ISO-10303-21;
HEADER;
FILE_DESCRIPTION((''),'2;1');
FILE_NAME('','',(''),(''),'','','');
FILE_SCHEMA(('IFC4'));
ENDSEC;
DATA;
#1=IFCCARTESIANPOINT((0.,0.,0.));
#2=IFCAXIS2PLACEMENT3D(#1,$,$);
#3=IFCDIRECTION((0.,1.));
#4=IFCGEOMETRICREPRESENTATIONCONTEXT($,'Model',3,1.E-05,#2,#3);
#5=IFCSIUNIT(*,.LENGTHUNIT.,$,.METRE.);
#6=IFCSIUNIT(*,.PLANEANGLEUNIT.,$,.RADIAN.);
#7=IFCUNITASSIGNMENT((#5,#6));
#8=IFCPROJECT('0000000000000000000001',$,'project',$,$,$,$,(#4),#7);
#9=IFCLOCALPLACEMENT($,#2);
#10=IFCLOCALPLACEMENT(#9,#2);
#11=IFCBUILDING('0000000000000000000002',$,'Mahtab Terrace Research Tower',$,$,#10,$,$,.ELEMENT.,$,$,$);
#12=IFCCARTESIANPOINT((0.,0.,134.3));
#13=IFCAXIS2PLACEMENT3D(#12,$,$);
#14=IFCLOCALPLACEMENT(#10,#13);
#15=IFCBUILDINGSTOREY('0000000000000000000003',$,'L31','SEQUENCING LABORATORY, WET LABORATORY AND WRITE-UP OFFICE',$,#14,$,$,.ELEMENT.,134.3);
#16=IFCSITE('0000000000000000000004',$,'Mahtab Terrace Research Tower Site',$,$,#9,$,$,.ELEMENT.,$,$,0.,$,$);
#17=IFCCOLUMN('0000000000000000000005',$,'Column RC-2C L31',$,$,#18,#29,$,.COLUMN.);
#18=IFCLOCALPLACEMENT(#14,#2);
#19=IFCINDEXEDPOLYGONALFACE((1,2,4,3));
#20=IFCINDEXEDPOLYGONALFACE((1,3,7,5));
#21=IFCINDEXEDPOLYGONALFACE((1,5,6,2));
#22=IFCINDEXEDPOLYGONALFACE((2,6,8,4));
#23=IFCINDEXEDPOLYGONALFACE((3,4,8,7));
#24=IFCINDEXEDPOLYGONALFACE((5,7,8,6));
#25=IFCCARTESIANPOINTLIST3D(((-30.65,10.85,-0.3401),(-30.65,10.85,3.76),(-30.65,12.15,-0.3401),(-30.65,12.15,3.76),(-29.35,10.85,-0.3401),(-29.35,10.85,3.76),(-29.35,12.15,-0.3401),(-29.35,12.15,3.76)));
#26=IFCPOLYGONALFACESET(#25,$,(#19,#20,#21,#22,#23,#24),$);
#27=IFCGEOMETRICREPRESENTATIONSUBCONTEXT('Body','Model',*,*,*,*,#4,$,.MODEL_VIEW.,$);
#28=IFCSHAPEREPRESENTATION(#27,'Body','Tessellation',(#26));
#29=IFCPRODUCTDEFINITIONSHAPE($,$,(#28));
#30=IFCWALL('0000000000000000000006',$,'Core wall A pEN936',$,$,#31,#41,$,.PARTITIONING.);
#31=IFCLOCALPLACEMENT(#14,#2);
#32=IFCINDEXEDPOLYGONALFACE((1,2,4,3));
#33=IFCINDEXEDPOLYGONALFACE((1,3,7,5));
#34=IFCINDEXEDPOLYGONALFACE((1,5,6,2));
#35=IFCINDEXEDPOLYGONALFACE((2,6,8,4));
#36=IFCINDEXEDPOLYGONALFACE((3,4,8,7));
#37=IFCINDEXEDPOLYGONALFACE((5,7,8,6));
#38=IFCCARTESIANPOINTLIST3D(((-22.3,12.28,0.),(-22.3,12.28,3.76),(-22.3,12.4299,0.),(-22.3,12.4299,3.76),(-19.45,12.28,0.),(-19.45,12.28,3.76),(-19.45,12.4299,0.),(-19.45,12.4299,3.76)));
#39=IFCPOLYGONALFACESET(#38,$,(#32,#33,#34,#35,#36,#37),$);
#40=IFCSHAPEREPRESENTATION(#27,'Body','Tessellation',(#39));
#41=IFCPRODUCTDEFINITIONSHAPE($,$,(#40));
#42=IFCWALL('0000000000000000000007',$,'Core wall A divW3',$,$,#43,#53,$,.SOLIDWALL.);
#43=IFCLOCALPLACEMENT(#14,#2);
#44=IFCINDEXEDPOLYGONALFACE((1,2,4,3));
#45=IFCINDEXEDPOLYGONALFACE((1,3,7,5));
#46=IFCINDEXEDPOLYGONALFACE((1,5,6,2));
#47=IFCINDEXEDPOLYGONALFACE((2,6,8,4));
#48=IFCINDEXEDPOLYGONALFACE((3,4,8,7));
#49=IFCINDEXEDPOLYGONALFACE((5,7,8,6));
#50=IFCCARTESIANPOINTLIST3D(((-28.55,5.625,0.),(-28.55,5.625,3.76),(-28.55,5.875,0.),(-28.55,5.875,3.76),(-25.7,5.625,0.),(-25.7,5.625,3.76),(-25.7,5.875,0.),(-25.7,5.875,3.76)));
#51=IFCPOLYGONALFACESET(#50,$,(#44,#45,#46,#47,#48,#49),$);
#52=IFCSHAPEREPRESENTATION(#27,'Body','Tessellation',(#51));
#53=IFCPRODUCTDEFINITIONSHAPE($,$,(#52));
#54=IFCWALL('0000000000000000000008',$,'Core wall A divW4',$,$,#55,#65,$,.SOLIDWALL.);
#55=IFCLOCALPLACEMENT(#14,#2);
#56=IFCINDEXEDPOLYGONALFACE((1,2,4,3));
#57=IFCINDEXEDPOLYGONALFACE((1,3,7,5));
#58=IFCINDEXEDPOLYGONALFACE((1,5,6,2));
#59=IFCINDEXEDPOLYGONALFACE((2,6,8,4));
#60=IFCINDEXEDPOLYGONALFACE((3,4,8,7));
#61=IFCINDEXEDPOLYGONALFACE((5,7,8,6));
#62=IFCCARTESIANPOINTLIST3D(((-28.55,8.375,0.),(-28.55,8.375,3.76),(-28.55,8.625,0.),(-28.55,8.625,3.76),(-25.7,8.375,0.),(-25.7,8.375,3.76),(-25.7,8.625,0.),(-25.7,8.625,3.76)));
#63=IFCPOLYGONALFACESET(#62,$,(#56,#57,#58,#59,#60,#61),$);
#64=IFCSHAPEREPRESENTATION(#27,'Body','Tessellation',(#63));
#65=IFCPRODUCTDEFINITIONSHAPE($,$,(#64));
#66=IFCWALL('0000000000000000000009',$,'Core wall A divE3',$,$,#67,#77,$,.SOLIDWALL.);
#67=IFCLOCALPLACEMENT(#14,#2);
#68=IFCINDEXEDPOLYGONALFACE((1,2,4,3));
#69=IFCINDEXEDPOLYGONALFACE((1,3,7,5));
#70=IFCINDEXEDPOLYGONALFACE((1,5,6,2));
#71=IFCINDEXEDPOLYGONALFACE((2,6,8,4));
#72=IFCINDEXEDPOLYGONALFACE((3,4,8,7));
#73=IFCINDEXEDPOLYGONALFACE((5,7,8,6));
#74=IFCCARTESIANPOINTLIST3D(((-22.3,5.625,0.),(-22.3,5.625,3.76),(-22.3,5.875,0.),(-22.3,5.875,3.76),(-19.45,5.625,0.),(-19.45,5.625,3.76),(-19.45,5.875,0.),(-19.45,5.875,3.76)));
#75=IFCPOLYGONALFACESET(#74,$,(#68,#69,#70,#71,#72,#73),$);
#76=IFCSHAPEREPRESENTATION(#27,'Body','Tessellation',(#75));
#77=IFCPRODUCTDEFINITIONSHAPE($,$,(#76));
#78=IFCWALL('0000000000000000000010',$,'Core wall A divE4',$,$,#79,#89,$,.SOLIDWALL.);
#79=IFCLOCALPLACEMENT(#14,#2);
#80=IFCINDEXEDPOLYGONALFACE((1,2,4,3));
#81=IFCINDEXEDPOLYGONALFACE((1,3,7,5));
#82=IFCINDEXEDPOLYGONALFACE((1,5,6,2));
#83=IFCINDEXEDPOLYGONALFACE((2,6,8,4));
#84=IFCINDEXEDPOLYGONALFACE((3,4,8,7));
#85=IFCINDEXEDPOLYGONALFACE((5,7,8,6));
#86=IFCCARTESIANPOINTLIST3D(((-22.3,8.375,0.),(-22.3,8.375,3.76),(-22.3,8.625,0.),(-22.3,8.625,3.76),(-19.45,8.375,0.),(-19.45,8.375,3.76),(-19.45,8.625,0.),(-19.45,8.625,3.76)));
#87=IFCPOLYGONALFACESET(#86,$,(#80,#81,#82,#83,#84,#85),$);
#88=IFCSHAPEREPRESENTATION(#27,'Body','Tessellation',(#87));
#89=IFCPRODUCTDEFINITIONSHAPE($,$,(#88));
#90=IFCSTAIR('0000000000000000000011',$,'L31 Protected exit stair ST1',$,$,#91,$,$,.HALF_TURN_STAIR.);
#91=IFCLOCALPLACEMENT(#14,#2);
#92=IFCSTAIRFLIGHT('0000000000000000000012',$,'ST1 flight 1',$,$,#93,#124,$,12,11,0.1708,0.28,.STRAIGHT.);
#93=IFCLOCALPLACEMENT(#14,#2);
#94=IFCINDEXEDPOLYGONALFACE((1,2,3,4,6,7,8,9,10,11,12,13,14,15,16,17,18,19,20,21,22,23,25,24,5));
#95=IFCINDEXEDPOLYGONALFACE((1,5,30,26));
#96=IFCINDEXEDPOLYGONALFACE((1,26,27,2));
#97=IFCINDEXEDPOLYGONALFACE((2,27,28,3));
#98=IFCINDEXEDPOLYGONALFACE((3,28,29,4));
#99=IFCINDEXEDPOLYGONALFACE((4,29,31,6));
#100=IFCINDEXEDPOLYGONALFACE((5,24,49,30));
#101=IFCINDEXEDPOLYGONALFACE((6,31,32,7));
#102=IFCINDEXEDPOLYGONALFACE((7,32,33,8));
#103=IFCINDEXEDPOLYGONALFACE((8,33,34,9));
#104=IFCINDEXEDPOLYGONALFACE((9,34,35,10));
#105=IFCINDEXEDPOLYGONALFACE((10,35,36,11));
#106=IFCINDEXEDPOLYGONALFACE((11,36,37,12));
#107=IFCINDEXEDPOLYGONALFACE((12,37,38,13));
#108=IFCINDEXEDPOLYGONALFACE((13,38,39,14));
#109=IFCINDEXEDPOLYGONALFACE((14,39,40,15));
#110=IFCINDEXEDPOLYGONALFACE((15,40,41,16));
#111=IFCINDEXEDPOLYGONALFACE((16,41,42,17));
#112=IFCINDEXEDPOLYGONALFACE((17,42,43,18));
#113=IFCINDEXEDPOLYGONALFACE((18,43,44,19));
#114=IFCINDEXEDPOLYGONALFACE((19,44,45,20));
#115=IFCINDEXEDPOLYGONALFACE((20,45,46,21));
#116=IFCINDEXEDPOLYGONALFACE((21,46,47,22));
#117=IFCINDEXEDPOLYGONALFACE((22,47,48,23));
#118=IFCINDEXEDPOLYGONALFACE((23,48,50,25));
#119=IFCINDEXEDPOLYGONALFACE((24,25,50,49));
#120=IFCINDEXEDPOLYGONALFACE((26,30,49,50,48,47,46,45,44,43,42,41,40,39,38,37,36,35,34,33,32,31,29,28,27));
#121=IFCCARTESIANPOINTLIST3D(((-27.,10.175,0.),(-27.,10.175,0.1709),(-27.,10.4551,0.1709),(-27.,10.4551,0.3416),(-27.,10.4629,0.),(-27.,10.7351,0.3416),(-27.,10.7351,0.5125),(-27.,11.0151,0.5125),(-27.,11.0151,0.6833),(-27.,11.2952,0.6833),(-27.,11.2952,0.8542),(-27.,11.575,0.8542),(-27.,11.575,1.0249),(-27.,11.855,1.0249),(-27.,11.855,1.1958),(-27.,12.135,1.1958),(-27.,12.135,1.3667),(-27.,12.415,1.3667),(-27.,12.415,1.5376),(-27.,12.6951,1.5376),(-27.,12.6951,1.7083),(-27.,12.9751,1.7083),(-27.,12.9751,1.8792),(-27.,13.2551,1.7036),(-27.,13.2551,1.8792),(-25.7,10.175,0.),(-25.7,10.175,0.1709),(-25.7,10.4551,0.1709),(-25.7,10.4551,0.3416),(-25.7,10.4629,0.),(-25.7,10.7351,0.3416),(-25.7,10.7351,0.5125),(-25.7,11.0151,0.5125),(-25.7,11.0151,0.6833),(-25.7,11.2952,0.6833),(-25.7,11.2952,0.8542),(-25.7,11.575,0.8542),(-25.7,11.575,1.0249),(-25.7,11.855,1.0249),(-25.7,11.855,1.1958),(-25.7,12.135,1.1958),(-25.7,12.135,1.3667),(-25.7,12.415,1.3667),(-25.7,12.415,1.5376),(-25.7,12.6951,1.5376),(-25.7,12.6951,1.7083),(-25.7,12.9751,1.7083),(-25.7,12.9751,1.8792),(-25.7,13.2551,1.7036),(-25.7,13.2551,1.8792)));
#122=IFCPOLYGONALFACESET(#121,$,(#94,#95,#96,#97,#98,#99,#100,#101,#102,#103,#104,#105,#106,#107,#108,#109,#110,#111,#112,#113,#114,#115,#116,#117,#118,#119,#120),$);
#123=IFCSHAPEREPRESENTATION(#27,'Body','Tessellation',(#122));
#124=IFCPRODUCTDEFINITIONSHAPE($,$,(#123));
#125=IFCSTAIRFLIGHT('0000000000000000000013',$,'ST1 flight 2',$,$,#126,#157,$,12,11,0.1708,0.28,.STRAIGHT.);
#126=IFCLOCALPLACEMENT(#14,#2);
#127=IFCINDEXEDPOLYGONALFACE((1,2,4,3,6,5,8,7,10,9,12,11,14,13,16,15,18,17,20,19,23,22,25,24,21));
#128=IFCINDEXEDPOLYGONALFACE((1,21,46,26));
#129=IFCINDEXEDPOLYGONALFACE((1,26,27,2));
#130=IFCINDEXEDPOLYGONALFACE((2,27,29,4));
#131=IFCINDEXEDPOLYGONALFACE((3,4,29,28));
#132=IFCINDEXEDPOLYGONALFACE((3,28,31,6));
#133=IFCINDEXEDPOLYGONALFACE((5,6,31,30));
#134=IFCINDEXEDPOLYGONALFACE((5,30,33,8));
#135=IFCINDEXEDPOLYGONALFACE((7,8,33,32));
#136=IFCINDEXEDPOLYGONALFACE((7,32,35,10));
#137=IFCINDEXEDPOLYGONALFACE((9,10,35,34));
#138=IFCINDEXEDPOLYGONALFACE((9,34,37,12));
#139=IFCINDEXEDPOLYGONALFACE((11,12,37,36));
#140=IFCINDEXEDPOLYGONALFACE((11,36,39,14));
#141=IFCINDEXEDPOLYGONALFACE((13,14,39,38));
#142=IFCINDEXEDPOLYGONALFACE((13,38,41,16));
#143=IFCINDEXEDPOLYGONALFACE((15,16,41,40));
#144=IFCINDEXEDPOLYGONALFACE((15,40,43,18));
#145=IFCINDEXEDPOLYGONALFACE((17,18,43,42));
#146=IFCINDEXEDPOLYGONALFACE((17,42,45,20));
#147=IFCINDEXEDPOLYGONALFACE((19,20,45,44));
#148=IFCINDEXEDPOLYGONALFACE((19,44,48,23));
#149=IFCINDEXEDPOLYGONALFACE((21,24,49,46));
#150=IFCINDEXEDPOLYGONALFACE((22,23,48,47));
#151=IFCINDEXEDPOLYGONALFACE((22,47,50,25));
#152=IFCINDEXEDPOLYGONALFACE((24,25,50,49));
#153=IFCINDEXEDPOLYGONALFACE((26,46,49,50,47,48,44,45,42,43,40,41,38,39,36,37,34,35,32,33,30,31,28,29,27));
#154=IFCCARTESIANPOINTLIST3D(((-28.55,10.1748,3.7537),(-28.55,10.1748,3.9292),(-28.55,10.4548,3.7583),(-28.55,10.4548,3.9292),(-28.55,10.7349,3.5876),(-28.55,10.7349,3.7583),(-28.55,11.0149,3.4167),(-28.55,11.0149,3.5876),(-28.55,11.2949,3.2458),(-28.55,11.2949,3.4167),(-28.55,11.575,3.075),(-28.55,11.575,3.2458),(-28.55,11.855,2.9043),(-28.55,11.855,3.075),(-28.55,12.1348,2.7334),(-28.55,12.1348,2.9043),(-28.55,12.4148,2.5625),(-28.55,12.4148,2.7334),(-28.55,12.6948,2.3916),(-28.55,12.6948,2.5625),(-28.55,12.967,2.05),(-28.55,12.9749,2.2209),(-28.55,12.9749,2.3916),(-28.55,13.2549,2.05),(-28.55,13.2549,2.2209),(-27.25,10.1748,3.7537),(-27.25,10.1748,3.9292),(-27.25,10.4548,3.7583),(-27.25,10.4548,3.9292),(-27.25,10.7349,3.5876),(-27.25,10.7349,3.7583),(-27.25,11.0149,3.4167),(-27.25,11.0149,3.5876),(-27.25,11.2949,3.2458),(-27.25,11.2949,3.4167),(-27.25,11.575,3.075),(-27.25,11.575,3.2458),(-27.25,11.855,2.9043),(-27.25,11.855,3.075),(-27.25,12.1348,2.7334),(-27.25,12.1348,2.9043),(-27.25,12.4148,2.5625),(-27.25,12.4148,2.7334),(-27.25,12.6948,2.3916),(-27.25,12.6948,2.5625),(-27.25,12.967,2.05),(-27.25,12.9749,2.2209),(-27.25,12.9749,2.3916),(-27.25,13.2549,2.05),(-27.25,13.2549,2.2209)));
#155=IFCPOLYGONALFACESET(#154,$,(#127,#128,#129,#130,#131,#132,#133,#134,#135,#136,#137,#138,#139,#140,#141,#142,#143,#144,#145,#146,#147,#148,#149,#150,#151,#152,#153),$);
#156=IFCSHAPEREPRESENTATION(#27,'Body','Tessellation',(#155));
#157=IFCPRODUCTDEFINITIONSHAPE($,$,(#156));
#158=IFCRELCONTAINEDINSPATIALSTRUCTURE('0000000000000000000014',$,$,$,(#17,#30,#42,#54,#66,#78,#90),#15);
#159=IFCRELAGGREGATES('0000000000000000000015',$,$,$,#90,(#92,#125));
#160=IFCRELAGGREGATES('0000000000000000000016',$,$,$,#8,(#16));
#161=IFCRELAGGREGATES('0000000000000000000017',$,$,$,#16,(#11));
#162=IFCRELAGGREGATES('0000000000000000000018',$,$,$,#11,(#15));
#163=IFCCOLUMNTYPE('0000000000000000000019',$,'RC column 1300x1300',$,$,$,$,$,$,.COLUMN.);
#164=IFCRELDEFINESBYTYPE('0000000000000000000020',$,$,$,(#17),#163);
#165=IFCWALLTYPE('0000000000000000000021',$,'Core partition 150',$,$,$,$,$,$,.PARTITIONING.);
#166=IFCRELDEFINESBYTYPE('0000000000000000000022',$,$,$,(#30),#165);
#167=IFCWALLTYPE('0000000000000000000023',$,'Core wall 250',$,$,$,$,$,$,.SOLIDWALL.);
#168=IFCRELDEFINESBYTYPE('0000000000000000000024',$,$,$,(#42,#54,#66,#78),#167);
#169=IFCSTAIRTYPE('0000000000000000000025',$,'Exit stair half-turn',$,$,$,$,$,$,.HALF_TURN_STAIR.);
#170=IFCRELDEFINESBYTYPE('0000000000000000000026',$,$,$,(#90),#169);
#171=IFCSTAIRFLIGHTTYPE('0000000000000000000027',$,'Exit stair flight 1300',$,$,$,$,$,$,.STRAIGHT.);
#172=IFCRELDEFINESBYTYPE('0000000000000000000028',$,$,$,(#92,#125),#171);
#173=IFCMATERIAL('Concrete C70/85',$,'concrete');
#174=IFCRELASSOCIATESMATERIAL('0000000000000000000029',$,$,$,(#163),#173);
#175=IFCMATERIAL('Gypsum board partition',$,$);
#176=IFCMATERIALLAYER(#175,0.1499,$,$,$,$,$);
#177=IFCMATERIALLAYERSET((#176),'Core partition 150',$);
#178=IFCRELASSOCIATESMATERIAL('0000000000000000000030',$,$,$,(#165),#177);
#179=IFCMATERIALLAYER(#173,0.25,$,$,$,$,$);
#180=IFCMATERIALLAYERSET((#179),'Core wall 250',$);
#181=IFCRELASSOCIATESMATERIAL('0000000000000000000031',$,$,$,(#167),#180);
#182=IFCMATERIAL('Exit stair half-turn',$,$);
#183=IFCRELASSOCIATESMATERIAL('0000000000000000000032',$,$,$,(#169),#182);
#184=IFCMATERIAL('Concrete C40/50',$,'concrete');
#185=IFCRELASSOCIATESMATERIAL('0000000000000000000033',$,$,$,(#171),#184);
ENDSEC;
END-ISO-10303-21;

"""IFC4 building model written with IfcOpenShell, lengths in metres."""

from ifc_helpers import new_model, si_unit, direction, frame, frame_2d, origin, origin_2d, place, context, subcontext, project, spatial, polyline, rectangle, outline, extrude, material, layer, layer_set, material_profile, profile_set, type_object, element, aggregate, save


model = new_model("IFC4")

# Units and contexts
model_context = context("Model", 3, precision=1e-05, world=origin(), true_north=direction((0.0, 1.0)))
body_context = subcontext(model_context, "Body", "Model", "MODEL_VIEW")
ifc_project = project(units=[si_unit("LENGTHUNIT", "METRE"), si_unit("PLANEANGLEUNIT", "RADIAN")], contexts=[model_context])

# Site, building, storey
site_placement = place(None, origin())
site = spatial("IfcSite", under=ifc_project, at=site_placement, Name="Mahtab Terrace Research Tower Site", CompositionType="ELEMENT", RefElevation=0.0)
building_placement = place(site_placement, origin())
building = spatial("IfcBuilding", under=site, at=building_placement, Name="Mahtab Terrace Research Tower", CompositionType="ELEMENT")
storey_placement = place(building_placement, frame((0.0, 0.0, 134.3)))
storey = spatial("IfcBuildingStorey", under=building, at=storey_placement, Name="L31", Description="SEQUENCING LABORATORY, WET LABORATORY AND WRITE-UP OFFICE", CompositionType="ELEMENT", Elevation=134.3)

# Column
ifc_material_1 = material(Name="Concrete C70/85", Category="concrete")
ifc_material_profile = material_profile(ifc_material_1, rectangle(XDim=1.3, YDim=1.3, at=origin_2d()), Name="RC column 1300x1300")
ifc_profile_set = profile_set([ifc_material_profile], Name="Concrete C70/85")
column_type = type_object("IfcColumnType", Name="RC column 1300x1300", PredefinedType="COLUMN", material=ifc_profile_set)
column_placement = place(storey_placement, frame((-30.0, 11.5, -0.3401), z_axis=(0.0, 0.0, 1.0), x_axis=(1.0, 0.0, 0.0)))
element("IfcColumn", 1, at=column_placement, inside=storey, type_object=column_type, Name="Column RC-2C L31", PredefinedType="COLUMN", context=body_context, shape_type="SweptSolid", body=[
    extrude(rectangle(XDim=1.3, YDim=1.3, at=origin_2d()), origin(), (0.0, 0.0, 1.0), 4.1001),
])

# Walls
ifc_material_2 = material(Name="Gypsum board partition")
ifc_layer_1 = layer(ifc_material_2, 0.1499)
ifc_layer_set_1 = layer_set([ifc_layer_1], Name="Core partition 150")
wall_type_1 = type_object("IfcWallType", Name="Core partition 150", PredefinedType="PARTITIONING", material=ifc_layer_set_1)
wall_placement = place(storey_placement, frame((-22.3, 12.355, 0.0), z_axis=(0.0, 0.0, 1.0), x_axis=(1.0, 0.0, 0.0)))
element("IfcWall", 2, at=wall_placement, inside=storey, type_object=wall_type_1, Name="Core wall A pEN936", PredefinedType="PARTITIONING", context=body_context, shape_type="SweptSolid", body=[
    extrude(rectangle(XDim=2.8501, YDim=0.1499, at=frame_2d((1.425, 0.0))), origin(), (0.0, 0.0, 1.0), 3.76),
])
ifc_layer_2 = layer(ifc_material_1, 0.25)
ifc_layer_set_2 = layer_set([ifc_layer_2], Name="Core wall 250")
wall_type_2 = type_object("IfcWallType", Name="Core wall 250", PredefinedType="SOLIDWALL", material=ifc_layer_set_2)
for number, where, z_axis, x_axis, name in (
    (3, (-28.55, 5.75, 0.0), (0.0, 0.0, 1.0), (1.0, 0.0, 0.0), "Core wall A divW3"),
    (4, (-28.55, 8.5, 0.0), (0.0, 0.0, 1.0), (1.0, 0.0, 0.0), "Core wall A divW4"),
    (5, (-22.3, 5.75, 0.0), (0.0, 0.0, 1.0), (1.0, 0.0, 0.0), "Core wall A divE3"),
    (6, (-22.3, 8.5, 0.0), (0.0, 0.0, 1.0), (1.0, 0.0, 0.0), "Core wall A divE4"),
):
    element("IfcWall", number, at=place(storey_placement, frame(where, z_axis=z_axis, x_axis=x_axis)), inside=storey, type_object=wall_type_2, Name=name, PredefinedType="SOLIDWALL", context=body_context, shape_type="SweptSolid", body=[
        extrude(rectangle(XDim=2.8501, YDim=0.25, at=frame_2d((1.425, 0.0))), origin(), (0.0, 0.0, 1.0), 3.76),
    ])

# Stair, stair flights
ifc_material_3 = material(Name="Exit stair half-turn")
stair_type = type_object("IfcStairType", Name="Exit stair half-turn", PredefinedType="HALF_TURN_STAIR", material=ifc_material_3)
stair_placement = place(storey_placement, origin())
stair = element("IfcStair", 7, at=stair_placement, inside=storey, type_object=stair_type, Name="L31 Protected exit stair ST1", PredefinedType="HALF_TURN_STAIR")
ifc_material_4 = material(Name="Concrete C40/50", Category="concrete")
stair_flight_type = type_object("IfcStairFlightType", Name="Exit stair flight 1300", PredefinedType="STRAIGHT", material=ifc_material_4)
stair_flight_1_placement = place(storey_placement, frame((-26.3501, 10.175, 0.0), z_axis=(0.0, 0.0, 1.0), x_axis=(0.0, 1.0, 0.0)))
stair_flight_1 = element("IfcStairFlight", 8, at=stair_flight_1_placement, type_object=stair_flight_type, Name="ST1 flight 1", NumberOfRisers=12, NumberOfTreads=11, PredefinedType="STRAIGHT", RiserHeight=0.1708, TreadLength=0.28, context=body_context, shape_type="SweptSolid", body=[
    extrude(outline(polyline([(0.0, 0.0), (0.0, 0.1709), (0.28, 0.1709), (0.28, 0.3416), (0.5601, 0.3416), (0.5601, 0.5125), (0.8401, 0.5125), (0.8401, 0.6833), (1.1201, 0.6833), (1.1201, 0.8542), (1.3999, 0.8542), (1.3999, 1.0249), (1.6799, 1.0249), (1.6799, 1.1958), (1.96, 1.1958), (1.96, 1.3667), (2.24, 1.3667), (2.24, 1.5376), (2.52, 1.5376), (2.52, 1.7083), (2.8, 1.7083), (2.8, 1.8792), (3.0801, 1.8792), (3.0801, 2.05), (3.0801, 1.7036), (0.2878, 0.0), (0.0, 0.0)])), frame((0.0, 0.6499, 0.0), z_axis=(0.0, -1.0, 0.0), x_axis=(1.0, 0.0, 0.0)), (0.0, 0.0, 1.0), 1.3),
])
stair_flight_2_placement = place(storey_placement, frame((-27.8999, 13.2549, 2.05), z_axis=(0.0, 0.0, 1.0), x_axis=(0.0, -1.0, 0.0)))
stair_flight_2 = element("IfcStairFlight", 9, at=stair_flight_2_placement, type_object=stair_flight_type, Name="ST1 flight 2", NumberOfRisers=12, NumberOfTreads=11, PredefinedType="STRAIGHT", RiserHeight=0.1708, TreadLength=0.28, context=body_context, shape_type="SweptSolid", body=[
    extrude(outline(polyline([(0.0, 0.0), (0.0, 0.1709), (0.28, 0.1709), (0.28, 0.3416), (0.5601, 0.3416), (0.5601, 0.5125), (0.8401, 0.5125), (0.8401, 0.6833), (1.1201, 0.6833), (1.1201, 0.8542), (1.3999, 0.8542), (1.3999, 1.0249), (1.6799, 1.0249), (1.6799, 1.1958), (1.96, 1.1958), (1.96, 1.3667), (2.24, 1.3667), (2.24, 1.5376), (2.52, 1.5376), (2.52, 1.7083), (2.8, 1.7083), (2.8, 1.8792), (3.0801, 1.8792), (3.0801, 2.05), (3.0801, 1.7036), (0.2878, 0.0), (0.0, 0.0)])), frame((0.0, 0.6499, 0.0), z_axis=(0.0, -1.0, 0.0), x_axis=(1.0, 0.0, 0.0)), (0.0, 0.0, 1.0), 1.3),
])
aggregate(stair, [stair_flight_1, stair_flight_2])

save(model, "model.ifc")
